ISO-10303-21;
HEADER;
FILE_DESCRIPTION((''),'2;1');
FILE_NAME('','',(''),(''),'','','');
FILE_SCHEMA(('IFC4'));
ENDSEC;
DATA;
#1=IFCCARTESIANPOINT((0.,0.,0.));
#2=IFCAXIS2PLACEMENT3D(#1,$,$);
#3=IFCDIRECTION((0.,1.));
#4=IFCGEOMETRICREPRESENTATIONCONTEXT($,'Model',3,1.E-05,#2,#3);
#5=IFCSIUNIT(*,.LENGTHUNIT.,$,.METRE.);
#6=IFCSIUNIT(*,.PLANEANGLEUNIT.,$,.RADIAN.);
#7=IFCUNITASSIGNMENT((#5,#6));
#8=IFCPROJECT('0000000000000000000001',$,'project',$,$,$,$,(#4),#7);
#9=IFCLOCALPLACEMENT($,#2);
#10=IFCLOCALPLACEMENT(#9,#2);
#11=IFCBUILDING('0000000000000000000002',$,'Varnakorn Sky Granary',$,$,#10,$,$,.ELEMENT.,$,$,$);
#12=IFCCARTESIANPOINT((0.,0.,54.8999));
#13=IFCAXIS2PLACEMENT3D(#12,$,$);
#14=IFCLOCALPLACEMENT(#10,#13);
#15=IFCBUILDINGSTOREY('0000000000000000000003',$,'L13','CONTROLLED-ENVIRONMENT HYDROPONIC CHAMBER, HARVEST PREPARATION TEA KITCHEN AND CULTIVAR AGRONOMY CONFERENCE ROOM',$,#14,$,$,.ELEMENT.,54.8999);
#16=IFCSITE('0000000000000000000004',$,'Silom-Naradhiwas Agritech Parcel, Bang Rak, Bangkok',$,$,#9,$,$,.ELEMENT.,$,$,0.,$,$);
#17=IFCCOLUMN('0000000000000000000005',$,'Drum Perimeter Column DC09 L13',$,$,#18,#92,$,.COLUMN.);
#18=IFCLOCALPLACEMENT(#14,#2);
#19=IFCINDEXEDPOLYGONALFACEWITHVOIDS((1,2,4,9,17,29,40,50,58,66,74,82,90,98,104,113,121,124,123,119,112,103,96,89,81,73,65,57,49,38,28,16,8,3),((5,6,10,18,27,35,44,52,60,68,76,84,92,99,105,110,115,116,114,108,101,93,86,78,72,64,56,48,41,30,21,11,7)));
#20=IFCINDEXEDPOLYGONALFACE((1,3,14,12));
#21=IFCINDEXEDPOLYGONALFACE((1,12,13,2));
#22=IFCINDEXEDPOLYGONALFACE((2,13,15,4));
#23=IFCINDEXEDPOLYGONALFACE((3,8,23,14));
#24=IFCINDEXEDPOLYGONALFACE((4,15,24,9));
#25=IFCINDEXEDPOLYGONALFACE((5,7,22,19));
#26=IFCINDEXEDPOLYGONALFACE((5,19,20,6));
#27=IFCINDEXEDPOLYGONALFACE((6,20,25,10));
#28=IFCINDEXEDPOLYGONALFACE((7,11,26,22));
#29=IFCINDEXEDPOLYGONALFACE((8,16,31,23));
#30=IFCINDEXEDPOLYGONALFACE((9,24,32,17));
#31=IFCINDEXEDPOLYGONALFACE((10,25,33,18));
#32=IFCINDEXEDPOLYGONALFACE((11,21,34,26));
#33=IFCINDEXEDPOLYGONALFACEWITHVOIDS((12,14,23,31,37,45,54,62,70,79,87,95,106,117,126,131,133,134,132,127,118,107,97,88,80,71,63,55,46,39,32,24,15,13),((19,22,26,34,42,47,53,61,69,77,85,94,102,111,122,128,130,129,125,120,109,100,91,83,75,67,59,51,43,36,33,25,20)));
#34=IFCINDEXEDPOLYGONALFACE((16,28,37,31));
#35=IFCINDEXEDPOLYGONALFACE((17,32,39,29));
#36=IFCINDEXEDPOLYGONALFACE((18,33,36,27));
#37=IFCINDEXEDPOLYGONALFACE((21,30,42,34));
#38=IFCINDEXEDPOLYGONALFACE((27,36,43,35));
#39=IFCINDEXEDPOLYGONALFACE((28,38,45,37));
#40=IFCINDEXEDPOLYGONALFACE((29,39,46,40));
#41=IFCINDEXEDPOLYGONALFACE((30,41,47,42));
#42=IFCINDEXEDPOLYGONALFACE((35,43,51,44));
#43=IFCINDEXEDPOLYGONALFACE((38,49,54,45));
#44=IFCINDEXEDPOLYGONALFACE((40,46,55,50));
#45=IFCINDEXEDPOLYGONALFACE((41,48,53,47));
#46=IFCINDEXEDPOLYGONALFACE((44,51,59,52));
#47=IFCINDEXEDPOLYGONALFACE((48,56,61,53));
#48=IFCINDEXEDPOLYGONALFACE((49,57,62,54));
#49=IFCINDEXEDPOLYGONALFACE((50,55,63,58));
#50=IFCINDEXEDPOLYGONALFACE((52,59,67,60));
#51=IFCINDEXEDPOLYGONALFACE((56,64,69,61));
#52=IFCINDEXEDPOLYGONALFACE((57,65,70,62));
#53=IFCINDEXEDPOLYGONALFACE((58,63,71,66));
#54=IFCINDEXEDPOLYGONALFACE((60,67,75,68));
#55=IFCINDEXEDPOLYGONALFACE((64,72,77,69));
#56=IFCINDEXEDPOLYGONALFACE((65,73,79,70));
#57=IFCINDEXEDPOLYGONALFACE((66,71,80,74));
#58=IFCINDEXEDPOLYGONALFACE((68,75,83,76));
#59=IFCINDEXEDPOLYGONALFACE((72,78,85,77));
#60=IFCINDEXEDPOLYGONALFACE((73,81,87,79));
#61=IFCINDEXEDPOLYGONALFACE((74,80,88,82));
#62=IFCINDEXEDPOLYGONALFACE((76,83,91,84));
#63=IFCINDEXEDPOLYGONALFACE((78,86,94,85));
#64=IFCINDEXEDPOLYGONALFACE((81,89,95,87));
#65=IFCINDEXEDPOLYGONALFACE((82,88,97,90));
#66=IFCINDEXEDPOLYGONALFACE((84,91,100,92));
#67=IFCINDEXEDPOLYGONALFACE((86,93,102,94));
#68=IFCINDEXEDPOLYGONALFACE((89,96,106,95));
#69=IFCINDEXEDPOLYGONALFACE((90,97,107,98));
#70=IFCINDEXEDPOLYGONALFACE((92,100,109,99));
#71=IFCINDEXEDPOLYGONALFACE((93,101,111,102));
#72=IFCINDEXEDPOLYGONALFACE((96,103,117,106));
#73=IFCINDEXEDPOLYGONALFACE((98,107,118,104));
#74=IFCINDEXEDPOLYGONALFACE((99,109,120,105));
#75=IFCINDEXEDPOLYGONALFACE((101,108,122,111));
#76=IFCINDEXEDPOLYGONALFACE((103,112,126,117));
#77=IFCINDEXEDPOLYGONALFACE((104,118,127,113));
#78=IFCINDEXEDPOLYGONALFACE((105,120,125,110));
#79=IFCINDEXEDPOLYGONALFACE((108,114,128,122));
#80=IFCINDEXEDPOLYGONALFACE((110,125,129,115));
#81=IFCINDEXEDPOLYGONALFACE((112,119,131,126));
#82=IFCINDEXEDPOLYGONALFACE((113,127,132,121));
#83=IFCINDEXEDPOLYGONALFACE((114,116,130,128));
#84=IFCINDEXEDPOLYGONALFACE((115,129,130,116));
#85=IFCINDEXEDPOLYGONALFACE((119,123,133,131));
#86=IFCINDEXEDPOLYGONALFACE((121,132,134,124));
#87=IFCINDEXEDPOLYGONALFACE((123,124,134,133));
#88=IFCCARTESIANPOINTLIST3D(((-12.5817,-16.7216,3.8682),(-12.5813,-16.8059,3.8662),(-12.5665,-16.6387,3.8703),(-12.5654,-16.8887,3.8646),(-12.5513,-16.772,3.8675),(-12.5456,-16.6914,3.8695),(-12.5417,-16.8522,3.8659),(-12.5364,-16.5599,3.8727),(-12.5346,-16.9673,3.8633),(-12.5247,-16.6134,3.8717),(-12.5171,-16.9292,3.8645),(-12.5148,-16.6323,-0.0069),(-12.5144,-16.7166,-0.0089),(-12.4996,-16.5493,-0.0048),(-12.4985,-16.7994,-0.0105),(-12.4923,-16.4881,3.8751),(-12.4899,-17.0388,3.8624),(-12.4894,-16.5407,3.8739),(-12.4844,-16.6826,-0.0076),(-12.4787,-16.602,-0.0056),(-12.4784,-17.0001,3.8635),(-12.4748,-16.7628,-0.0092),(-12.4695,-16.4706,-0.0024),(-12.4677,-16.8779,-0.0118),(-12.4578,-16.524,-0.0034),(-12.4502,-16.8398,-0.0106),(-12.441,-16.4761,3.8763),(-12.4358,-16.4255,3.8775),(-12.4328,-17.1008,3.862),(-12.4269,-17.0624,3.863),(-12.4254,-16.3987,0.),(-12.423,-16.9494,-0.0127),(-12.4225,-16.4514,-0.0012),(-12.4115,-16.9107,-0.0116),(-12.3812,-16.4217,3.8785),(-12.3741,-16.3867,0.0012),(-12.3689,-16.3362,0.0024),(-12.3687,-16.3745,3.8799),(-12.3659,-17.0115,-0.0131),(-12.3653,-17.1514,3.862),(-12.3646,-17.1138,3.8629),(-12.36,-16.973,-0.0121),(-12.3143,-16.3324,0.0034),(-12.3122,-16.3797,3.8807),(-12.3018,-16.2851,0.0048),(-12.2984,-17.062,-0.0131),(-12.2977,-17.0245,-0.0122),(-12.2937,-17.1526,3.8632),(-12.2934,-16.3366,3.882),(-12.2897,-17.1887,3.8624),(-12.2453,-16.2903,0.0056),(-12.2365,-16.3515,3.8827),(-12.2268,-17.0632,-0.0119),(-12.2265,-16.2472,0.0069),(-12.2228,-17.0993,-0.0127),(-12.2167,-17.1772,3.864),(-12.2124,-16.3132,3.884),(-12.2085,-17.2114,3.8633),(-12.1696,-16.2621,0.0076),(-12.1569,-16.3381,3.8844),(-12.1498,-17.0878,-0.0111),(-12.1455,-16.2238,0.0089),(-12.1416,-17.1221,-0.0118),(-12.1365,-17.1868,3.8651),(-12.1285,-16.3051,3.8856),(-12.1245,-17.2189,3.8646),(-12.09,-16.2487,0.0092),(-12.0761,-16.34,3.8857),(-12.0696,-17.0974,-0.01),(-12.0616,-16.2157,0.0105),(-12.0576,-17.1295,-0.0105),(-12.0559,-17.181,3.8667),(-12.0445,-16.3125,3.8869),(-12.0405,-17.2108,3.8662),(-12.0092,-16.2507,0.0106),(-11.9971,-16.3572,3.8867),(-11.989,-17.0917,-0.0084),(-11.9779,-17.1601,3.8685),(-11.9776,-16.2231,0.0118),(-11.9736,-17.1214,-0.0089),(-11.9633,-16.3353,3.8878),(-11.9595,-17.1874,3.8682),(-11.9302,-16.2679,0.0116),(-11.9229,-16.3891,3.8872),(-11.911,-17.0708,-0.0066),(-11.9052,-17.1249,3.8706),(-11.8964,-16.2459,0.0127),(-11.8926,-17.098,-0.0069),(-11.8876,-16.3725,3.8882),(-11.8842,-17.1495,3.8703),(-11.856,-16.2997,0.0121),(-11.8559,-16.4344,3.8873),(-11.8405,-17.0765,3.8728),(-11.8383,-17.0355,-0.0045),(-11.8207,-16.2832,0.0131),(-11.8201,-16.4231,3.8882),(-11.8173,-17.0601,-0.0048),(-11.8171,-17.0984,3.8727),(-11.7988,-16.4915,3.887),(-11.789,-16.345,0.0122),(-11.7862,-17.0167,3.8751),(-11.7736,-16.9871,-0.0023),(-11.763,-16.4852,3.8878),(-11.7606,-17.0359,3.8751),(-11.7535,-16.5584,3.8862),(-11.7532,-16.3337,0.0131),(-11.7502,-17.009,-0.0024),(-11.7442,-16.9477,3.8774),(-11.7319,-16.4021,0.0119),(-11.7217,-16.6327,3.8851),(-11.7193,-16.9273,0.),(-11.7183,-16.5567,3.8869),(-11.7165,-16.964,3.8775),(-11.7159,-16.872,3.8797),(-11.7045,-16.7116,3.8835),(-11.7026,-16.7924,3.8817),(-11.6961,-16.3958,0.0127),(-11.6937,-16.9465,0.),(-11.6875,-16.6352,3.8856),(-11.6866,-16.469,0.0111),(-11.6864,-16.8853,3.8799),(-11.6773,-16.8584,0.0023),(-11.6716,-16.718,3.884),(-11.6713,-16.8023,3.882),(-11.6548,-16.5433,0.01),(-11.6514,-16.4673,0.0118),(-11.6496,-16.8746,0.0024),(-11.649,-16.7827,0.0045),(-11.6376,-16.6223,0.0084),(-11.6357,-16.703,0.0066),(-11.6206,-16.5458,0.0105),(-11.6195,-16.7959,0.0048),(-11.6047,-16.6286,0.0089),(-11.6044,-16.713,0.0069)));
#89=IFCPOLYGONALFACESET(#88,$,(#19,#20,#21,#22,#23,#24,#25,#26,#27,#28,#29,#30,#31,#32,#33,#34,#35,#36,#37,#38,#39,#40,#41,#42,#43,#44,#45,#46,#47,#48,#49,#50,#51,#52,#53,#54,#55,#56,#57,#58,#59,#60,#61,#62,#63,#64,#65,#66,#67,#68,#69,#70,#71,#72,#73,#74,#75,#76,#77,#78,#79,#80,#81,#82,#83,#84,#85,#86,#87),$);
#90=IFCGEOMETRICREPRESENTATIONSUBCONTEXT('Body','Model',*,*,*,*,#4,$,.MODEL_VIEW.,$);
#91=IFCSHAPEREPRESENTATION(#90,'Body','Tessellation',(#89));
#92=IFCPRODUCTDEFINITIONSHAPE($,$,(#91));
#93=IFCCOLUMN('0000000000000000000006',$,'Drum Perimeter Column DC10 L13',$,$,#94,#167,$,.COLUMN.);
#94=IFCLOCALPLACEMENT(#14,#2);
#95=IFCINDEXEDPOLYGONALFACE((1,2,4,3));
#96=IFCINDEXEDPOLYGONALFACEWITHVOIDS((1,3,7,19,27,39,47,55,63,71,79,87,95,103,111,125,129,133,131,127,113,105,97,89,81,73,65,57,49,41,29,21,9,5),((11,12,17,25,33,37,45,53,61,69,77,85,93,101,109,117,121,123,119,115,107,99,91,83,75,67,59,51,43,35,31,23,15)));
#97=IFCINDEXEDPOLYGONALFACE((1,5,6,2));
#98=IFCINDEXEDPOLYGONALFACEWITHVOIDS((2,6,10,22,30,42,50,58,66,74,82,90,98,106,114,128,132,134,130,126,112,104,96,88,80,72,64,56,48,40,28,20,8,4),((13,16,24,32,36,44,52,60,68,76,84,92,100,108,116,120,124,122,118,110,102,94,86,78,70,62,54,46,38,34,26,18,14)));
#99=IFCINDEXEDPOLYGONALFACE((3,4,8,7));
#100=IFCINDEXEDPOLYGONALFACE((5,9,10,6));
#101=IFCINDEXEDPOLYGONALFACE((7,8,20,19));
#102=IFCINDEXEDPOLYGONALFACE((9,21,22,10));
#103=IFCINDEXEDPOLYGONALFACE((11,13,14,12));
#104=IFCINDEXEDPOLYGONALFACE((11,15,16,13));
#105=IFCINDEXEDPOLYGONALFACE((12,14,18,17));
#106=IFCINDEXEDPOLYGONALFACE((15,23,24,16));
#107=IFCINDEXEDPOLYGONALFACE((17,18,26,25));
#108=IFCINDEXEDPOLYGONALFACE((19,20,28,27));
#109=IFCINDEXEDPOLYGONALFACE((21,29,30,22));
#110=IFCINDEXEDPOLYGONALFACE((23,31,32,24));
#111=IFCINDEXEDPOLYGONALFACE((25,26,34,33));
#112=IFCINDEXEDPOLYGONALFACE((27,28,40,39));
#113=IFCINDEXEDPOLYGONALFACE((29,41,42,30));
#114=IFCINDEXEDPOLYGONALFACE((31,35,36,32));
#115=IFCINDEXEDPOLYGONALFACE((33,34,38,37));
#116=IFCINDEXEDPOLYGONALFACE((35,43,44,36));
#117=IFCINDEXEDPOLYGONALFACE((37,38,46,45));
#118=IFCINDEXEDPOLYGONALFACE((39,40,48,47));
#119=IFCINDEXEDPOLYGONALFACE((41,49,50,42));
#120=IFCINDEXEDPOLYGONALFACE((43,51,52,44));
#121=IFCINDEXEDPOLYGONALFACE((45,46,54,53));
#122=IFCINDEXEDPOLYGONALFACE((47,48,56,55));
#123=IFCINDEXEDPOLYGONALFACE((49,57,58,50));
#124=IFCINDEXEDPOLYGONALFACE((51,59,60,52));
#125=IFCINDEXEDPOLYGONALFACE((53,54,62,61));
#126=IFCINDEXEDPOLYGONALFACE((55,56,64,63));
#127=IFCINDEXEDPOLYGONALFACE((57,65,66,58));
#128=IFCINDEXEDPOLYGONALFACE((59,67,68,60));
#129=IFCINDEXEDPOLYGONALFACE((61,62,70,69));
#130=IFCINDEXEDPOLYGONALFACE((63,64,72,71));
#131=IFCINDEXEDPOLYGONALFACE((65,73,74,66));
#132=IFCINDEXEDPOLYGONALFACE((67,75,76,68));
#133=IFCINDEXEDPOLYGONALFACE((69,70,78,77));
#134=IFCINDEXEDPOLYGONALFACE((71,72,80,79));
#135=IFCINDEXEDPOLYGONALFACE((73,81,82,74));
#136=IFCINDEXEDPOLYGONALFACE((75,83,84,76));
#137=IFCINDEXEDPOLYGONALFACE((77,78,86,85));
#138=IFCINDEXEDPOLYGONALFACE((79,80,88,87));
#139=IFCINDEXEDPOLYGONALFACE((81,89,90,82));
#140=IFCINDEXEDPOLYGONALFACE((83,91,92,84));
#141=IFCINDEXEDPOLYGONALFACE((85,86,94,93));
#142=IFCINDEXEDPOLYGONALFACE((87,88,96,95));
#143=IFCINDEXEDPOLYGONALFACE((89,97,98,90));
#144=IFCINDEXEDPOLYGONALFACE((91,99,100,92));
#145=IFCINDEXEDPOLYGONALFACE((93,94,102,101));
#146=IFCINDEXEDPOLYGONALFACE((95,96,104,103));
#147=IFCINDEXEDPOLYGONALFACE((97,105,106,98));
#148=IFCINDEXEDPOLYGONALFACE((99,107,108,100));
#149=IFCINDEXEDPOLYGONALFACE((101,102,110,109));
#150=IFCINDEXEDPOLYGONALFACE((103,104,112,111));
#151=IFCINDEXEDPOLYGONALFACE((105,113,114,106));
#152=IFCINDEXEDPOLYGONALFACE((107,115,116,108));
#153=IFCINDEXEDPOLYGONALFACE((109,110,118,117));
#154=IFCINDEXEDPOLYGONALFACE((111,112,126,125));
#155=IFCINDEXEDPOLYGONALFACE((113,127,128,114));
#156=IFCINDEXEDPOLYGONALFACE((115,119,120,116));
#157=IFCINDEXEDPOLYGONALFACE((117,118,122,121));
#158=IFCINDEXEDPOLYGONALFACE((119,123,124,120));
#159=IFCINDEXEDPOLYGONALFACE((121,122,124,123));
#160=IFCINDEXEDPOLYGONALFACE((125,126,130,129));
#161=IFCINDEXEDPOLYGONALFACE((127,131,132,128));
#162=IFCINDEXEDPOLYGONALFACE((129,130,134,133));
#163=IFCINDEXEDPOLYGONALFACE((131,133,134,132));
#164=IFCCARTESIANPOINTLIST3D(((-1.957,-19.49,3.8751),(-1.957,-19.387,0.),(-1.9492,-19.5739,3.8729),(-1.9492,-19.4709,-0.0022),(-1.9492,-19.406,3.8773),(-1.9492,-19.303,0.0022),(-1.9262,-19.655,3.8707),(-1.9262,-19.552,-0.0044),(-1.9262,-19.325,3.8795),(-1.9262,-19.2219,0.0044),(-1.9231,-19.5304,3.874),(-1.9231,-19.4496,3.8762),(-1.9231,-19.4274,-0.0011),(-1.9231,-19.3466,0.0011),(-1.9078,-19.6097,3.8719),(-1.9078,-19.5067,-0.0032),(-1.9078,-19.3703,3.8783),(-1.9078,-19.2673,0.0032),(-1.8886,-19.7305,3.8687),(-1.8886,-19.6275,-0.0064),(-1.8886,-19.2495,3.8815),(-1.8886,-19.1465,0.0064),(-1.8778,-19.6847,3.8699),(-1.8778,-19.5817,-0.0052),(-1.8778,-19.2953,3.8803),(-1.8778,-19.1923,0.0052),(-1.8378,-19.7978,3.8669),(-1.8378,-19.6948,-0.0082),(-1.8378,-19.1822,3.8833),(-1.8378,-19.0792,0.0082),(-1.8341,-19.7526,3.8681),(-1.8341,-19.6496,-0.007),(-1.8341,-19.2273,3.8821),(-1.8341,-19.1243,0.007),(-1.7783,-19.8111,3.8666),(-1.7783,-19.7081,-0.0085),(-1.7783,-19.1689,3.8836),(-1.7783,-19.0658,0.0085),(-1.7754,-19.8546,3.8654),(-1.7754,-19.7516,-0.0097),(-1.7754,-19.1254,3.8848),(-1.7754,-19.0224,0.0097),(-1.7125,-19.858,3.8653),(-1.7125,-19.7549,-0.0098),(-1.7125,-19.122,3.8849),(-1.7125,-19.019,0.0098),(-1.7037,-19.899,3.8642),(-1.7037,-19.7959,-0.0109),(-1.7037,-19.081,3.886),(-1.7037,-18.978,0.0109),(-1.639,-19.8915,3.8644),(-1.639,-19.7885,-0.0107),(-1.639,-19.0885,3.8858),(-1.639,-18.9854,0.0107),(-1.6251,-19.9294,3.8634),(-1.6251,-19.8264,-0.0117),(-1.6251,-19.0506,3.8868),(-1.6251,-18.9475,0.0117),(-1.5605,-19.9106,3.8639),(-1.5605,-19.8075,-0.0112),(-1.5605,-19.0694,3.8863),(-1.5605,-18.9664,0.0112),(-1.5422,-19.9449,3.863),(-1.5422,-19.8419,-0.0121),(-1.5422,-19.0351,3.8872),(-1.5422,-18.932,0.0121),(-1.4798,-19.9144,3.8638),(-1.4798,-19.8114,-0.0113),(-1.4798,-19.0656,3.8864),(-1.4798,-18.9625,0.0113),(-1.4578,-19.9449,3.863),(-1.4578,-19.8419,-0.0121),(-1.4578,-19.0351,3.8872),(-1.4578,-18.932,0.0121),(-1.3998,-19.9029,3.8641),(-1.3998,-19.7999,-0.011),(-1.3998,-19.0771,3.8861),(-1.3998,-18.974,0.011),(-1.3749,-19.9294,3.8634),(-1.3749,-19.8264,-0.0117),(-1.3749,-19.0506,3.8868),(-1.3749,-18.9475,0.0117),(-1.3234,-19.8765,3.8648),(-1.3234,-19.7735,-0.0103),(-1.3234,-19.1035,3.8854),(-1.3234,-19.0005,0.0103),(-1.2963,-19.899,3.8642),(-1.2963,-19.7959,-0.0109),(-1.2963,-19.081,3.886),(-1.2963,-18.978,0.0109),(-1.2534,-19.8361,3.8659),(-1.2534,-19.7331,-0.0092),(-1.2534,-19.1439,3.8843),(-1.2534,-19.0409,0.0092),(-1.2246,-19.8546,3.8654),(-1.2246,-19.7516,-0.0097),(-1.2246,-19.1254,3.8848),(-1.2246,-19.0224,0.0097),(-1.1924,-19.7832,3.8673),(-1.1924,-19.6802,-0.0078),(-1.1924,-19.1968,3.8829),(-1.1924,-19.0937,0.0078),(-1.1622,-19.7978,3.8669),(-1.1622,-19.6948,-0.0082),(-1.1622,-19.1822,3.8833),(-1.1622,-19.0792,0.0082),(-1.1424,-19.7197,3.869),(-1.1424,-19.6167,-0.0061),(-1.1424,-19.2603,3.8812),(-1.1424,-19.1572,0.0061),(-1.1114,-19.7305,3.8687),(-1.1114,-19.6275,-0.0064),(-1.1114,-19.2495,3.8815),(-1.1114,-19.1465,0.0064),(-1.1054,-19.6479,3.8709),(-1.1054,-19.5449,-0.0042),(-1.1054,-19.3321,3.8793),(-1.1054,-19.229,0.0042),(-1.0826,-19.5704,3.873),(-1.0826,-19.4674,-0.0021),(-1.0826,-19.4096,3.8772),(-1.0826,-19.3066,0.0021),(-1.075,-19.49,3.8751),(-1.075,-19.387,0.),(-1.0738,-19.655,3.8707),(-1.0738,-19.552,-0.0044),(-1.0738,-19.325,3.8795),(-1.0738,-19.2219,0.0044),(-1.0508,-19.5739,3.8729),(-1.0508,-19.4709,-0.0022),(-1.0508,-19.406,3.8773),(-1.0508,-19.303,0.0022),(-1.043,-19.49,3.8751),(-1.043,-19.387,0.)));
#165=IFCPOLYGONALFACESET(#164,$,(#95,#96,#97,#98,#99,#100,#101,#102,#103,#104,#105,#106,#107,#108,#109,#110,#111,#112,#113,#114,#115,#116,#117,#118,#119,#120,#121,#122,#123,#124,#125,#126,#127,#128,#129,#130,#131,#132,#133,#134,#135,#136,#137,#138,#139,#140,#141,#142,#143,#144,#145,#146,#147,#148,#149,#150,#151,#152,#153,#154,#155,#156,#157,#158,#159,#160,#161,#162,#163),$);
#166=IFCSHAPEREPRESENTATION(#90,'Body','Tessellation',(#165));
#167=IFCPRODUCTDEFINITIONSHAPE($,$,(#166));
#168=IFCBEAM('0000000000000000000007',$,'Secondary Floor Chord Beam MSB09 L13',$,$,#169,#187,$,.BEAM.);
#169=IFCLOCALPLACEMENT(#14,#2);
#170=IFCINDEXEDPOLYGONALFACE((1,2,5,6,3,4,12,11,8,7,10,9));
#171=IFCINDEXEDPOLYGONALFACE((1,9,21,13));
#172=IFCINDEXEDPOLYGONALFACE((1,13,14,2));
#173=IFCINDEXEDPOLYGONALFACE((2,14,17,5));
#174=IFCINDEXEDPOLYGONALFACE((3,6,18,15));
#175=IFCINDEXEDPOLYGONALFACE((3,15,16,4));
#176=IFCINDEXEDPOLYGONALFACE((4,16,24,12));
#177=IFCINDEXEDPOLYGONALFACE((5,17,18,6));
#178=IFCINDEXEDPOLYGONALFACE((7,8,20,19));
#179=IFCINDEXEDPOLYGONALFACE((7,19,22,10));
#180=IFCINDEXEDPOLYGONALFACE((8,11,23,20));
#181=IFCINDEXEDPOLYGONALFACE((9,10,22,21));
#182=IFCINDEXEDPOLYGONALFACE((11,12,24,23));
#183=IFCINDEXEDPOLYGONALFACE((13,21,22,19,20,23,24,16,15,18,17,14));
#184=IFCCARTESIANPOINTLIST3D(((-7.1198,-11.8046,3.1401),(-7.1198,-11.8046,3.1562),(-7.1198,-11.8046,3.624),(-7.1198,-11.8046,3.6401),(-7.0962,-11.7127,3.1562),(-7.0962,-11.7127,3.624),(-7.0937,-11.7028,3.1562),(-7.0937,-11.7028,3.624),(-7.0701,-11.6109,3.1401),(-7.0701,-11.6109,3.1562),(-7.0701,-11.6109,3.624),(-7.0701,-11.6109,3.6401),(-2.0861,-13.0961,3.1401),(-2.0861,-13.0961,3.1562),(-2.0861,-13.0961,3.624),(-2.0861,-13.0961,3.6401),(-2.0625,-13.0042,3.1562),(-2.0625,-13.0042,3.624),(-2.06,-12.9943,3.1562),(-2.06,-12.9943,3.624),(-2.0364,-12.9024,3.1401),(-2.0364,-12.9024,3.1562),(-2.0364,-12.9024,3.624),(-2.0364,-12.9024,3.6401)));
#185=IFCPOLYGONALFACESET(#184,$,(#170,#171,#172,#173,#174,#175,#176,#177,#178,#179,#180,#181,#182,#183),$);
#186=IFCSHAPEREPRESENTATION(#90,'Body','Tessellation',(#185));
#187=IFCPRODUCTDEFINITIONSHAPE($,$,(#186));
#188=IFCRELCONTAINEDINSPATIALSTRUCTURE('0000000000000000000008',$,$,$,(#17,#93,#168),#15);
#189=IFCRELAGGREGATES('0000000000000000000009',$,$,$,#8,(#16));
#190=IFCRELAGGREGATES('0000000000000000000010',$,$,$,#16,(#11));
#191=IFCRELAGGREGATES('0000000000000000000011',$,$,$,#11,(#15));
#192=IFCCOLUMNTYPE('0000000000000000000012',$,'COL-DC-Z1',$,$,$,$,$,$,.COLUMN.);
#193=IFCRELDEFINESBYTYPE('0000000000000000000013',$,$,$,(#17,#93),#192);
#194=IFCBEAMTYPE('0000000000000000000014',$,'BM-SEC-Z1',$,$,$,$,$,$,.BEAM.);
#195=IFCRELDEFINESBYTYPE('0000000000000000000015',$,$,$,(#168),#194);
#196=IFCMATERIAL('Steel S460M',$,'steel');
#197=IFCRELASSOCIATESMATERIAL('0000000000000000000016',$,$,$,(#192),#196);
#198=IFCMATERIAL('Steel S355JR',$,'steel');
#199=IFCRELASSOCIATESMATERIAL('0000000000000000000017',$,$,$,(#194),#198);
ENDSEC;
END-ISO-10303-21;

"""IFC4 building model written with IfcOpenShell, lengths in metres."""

from ifc_helpers import new_model, si_unit, direction, frame, origin, origin_2d, place, context, subcontext, project, spatial, hollow_circle, i_section, extrude, material, material_profile, profile_set, type_object, element, save


model = new_model("IFC4")

# Units and contexts
model_context = context("Model", 3, precision=1e-05, world=origin(), true_north=direction((0.0, 1.0)))
body_context = subcontext(model_context, "Body", "Model", "MODEL_VIEW")
ifc_project = project(units=[si_unit("LENGTHUNIT", "METRE"), si_unit("PLANEANGLEUNIT", "RADIAN")], contexts=[model_context])

# Site, building, storey
site_placement = place(None, origin())
site = spatial("IfcSite", under=ifc_project, at=site_placement, Name="Silom-Naradhiwas Agritech Parcel, Bang Rak, Bangkok", CompositionType="ELEMENT", RefElevation=0.0)
building_placement = place(site_placement, origin())
building = spatial("IfcBuilding", under=site, at=building_placement, Name="Varnakorn Sky Granary", CompositionType="ELEMENT")
storey_placement = place(building_placement, frame((0.0, 0.0, 54.8999)))
storey = spatial("IfcBuildingStorey", under=building, at=storey_placement, Name="L13", Description="CONTROLLED-ENVIRONMENT HYDROPONIC CHAMBER, HARVEST PREPARATION TEA KITCHEN AND CULTIVAR AGRONOMY CONFERENCE ROOM", CompositionType="ELEMENT", Elevation=54.8999)

# Columns
ifc_material_1 = material(Name="Steel S460M", Category="steel")
ifc_material_profile_1 = material_profile(ifc_material_1, hollow_circle(Radius=0.457, WallThickness=0.032, at=origin_2d()), Name="CHS 914x32")
ifc_profile_set_1 = profile_set([ifc_material_profile_1], Name="Steel S460M")
column_type = type_object("IfcColumnType", Name="COL-DC-Z1", PredefinedType="COLUMN", material=ifc_profile_set_1)
column_1_placement = place(storey_placement, frame((-12.0596, -16.6726, 0.0), z_axis=(-0.017256, -0.02305, 0.999585), x_axis=(0.800525, -0.5993, 0.0)))
element("IfcColumn", 1, at=column_1_placement, inside=storey, type_object=column_type, Name="Drum Perimeter Column DC09 L13", PredefinedType="COLUMN", context=body_context, shape_type="SweptSolid", body=[
    extrude(hollow_circle(Radius=0.457, WallThickness=0.032, at=origin_2d()), origin(), (0.0, 0.0, 1.0), 3.8767),
])
column_2_placement = place(storey_placement, frame((-1.5, -19.387, 0.0), z_axis=(0.0, -0.026578, 0.999647), x_axis=(1.0, 0.0, 0.0)))
element("IfcColumn", 2, at=column_2_placement, inside=storey, type_object=column_type, Name="Drum Perimeter Column DC10 L13", PredefinedType="COLUMN", context=body_context, shape_type="SweptSolid", body=[
    extrude(hollow_circle(Radius=0.457, WallThickness=0.032, at=origin_2d()), origin(), (0.0, 0.0, 1.0), 3.8765),
])

# Beam
ifc_material_2 = material(Name="Steel S355JR", Category="steel")
ifc_material_profile_2 = material_profile(ifc_material_2, i_section(OverallWidth=0.2, OverallDepth=0.5, WebThickness=0.0103, FlangeThickness=0.0161, at=origin_2d()), Name="IPE 500")
ifc_profile_set_2 = profile_set([ifc_material_profile_2], Name="Steel S355JR")
beam_type_1 = type_object("IfcBeamType", Name="BM-SEC-Z1", PredefinedType="BEAM", material=ifc_profile_set_2)
beam_1_placement = place(storey_placement, frame((-7.095, -11.7078, 3.3901), z_axis=(0.968626, -0.248522, 0.0), x_axis=(0.248522, 0.968626, 0.0)))
element("IfcBeam", 3, at=beam_1_placement, inside=storey, type_object=beam_type_1, Name="Secondary Floor Chord Beam MSB09 L13", PredefinedType="BEAM", context=body_context, shape_type="SweptSolid", body=[
    extrude(i_section(OverallWidth=0.2, OverallDepth=0.5, WebThickness=0.0103, FlangeThickness=0.0161, at=origin_2d()), origin(), (0.0, 0.0, 1.0), 5.1968),
])

save(model, "model.ifc")
